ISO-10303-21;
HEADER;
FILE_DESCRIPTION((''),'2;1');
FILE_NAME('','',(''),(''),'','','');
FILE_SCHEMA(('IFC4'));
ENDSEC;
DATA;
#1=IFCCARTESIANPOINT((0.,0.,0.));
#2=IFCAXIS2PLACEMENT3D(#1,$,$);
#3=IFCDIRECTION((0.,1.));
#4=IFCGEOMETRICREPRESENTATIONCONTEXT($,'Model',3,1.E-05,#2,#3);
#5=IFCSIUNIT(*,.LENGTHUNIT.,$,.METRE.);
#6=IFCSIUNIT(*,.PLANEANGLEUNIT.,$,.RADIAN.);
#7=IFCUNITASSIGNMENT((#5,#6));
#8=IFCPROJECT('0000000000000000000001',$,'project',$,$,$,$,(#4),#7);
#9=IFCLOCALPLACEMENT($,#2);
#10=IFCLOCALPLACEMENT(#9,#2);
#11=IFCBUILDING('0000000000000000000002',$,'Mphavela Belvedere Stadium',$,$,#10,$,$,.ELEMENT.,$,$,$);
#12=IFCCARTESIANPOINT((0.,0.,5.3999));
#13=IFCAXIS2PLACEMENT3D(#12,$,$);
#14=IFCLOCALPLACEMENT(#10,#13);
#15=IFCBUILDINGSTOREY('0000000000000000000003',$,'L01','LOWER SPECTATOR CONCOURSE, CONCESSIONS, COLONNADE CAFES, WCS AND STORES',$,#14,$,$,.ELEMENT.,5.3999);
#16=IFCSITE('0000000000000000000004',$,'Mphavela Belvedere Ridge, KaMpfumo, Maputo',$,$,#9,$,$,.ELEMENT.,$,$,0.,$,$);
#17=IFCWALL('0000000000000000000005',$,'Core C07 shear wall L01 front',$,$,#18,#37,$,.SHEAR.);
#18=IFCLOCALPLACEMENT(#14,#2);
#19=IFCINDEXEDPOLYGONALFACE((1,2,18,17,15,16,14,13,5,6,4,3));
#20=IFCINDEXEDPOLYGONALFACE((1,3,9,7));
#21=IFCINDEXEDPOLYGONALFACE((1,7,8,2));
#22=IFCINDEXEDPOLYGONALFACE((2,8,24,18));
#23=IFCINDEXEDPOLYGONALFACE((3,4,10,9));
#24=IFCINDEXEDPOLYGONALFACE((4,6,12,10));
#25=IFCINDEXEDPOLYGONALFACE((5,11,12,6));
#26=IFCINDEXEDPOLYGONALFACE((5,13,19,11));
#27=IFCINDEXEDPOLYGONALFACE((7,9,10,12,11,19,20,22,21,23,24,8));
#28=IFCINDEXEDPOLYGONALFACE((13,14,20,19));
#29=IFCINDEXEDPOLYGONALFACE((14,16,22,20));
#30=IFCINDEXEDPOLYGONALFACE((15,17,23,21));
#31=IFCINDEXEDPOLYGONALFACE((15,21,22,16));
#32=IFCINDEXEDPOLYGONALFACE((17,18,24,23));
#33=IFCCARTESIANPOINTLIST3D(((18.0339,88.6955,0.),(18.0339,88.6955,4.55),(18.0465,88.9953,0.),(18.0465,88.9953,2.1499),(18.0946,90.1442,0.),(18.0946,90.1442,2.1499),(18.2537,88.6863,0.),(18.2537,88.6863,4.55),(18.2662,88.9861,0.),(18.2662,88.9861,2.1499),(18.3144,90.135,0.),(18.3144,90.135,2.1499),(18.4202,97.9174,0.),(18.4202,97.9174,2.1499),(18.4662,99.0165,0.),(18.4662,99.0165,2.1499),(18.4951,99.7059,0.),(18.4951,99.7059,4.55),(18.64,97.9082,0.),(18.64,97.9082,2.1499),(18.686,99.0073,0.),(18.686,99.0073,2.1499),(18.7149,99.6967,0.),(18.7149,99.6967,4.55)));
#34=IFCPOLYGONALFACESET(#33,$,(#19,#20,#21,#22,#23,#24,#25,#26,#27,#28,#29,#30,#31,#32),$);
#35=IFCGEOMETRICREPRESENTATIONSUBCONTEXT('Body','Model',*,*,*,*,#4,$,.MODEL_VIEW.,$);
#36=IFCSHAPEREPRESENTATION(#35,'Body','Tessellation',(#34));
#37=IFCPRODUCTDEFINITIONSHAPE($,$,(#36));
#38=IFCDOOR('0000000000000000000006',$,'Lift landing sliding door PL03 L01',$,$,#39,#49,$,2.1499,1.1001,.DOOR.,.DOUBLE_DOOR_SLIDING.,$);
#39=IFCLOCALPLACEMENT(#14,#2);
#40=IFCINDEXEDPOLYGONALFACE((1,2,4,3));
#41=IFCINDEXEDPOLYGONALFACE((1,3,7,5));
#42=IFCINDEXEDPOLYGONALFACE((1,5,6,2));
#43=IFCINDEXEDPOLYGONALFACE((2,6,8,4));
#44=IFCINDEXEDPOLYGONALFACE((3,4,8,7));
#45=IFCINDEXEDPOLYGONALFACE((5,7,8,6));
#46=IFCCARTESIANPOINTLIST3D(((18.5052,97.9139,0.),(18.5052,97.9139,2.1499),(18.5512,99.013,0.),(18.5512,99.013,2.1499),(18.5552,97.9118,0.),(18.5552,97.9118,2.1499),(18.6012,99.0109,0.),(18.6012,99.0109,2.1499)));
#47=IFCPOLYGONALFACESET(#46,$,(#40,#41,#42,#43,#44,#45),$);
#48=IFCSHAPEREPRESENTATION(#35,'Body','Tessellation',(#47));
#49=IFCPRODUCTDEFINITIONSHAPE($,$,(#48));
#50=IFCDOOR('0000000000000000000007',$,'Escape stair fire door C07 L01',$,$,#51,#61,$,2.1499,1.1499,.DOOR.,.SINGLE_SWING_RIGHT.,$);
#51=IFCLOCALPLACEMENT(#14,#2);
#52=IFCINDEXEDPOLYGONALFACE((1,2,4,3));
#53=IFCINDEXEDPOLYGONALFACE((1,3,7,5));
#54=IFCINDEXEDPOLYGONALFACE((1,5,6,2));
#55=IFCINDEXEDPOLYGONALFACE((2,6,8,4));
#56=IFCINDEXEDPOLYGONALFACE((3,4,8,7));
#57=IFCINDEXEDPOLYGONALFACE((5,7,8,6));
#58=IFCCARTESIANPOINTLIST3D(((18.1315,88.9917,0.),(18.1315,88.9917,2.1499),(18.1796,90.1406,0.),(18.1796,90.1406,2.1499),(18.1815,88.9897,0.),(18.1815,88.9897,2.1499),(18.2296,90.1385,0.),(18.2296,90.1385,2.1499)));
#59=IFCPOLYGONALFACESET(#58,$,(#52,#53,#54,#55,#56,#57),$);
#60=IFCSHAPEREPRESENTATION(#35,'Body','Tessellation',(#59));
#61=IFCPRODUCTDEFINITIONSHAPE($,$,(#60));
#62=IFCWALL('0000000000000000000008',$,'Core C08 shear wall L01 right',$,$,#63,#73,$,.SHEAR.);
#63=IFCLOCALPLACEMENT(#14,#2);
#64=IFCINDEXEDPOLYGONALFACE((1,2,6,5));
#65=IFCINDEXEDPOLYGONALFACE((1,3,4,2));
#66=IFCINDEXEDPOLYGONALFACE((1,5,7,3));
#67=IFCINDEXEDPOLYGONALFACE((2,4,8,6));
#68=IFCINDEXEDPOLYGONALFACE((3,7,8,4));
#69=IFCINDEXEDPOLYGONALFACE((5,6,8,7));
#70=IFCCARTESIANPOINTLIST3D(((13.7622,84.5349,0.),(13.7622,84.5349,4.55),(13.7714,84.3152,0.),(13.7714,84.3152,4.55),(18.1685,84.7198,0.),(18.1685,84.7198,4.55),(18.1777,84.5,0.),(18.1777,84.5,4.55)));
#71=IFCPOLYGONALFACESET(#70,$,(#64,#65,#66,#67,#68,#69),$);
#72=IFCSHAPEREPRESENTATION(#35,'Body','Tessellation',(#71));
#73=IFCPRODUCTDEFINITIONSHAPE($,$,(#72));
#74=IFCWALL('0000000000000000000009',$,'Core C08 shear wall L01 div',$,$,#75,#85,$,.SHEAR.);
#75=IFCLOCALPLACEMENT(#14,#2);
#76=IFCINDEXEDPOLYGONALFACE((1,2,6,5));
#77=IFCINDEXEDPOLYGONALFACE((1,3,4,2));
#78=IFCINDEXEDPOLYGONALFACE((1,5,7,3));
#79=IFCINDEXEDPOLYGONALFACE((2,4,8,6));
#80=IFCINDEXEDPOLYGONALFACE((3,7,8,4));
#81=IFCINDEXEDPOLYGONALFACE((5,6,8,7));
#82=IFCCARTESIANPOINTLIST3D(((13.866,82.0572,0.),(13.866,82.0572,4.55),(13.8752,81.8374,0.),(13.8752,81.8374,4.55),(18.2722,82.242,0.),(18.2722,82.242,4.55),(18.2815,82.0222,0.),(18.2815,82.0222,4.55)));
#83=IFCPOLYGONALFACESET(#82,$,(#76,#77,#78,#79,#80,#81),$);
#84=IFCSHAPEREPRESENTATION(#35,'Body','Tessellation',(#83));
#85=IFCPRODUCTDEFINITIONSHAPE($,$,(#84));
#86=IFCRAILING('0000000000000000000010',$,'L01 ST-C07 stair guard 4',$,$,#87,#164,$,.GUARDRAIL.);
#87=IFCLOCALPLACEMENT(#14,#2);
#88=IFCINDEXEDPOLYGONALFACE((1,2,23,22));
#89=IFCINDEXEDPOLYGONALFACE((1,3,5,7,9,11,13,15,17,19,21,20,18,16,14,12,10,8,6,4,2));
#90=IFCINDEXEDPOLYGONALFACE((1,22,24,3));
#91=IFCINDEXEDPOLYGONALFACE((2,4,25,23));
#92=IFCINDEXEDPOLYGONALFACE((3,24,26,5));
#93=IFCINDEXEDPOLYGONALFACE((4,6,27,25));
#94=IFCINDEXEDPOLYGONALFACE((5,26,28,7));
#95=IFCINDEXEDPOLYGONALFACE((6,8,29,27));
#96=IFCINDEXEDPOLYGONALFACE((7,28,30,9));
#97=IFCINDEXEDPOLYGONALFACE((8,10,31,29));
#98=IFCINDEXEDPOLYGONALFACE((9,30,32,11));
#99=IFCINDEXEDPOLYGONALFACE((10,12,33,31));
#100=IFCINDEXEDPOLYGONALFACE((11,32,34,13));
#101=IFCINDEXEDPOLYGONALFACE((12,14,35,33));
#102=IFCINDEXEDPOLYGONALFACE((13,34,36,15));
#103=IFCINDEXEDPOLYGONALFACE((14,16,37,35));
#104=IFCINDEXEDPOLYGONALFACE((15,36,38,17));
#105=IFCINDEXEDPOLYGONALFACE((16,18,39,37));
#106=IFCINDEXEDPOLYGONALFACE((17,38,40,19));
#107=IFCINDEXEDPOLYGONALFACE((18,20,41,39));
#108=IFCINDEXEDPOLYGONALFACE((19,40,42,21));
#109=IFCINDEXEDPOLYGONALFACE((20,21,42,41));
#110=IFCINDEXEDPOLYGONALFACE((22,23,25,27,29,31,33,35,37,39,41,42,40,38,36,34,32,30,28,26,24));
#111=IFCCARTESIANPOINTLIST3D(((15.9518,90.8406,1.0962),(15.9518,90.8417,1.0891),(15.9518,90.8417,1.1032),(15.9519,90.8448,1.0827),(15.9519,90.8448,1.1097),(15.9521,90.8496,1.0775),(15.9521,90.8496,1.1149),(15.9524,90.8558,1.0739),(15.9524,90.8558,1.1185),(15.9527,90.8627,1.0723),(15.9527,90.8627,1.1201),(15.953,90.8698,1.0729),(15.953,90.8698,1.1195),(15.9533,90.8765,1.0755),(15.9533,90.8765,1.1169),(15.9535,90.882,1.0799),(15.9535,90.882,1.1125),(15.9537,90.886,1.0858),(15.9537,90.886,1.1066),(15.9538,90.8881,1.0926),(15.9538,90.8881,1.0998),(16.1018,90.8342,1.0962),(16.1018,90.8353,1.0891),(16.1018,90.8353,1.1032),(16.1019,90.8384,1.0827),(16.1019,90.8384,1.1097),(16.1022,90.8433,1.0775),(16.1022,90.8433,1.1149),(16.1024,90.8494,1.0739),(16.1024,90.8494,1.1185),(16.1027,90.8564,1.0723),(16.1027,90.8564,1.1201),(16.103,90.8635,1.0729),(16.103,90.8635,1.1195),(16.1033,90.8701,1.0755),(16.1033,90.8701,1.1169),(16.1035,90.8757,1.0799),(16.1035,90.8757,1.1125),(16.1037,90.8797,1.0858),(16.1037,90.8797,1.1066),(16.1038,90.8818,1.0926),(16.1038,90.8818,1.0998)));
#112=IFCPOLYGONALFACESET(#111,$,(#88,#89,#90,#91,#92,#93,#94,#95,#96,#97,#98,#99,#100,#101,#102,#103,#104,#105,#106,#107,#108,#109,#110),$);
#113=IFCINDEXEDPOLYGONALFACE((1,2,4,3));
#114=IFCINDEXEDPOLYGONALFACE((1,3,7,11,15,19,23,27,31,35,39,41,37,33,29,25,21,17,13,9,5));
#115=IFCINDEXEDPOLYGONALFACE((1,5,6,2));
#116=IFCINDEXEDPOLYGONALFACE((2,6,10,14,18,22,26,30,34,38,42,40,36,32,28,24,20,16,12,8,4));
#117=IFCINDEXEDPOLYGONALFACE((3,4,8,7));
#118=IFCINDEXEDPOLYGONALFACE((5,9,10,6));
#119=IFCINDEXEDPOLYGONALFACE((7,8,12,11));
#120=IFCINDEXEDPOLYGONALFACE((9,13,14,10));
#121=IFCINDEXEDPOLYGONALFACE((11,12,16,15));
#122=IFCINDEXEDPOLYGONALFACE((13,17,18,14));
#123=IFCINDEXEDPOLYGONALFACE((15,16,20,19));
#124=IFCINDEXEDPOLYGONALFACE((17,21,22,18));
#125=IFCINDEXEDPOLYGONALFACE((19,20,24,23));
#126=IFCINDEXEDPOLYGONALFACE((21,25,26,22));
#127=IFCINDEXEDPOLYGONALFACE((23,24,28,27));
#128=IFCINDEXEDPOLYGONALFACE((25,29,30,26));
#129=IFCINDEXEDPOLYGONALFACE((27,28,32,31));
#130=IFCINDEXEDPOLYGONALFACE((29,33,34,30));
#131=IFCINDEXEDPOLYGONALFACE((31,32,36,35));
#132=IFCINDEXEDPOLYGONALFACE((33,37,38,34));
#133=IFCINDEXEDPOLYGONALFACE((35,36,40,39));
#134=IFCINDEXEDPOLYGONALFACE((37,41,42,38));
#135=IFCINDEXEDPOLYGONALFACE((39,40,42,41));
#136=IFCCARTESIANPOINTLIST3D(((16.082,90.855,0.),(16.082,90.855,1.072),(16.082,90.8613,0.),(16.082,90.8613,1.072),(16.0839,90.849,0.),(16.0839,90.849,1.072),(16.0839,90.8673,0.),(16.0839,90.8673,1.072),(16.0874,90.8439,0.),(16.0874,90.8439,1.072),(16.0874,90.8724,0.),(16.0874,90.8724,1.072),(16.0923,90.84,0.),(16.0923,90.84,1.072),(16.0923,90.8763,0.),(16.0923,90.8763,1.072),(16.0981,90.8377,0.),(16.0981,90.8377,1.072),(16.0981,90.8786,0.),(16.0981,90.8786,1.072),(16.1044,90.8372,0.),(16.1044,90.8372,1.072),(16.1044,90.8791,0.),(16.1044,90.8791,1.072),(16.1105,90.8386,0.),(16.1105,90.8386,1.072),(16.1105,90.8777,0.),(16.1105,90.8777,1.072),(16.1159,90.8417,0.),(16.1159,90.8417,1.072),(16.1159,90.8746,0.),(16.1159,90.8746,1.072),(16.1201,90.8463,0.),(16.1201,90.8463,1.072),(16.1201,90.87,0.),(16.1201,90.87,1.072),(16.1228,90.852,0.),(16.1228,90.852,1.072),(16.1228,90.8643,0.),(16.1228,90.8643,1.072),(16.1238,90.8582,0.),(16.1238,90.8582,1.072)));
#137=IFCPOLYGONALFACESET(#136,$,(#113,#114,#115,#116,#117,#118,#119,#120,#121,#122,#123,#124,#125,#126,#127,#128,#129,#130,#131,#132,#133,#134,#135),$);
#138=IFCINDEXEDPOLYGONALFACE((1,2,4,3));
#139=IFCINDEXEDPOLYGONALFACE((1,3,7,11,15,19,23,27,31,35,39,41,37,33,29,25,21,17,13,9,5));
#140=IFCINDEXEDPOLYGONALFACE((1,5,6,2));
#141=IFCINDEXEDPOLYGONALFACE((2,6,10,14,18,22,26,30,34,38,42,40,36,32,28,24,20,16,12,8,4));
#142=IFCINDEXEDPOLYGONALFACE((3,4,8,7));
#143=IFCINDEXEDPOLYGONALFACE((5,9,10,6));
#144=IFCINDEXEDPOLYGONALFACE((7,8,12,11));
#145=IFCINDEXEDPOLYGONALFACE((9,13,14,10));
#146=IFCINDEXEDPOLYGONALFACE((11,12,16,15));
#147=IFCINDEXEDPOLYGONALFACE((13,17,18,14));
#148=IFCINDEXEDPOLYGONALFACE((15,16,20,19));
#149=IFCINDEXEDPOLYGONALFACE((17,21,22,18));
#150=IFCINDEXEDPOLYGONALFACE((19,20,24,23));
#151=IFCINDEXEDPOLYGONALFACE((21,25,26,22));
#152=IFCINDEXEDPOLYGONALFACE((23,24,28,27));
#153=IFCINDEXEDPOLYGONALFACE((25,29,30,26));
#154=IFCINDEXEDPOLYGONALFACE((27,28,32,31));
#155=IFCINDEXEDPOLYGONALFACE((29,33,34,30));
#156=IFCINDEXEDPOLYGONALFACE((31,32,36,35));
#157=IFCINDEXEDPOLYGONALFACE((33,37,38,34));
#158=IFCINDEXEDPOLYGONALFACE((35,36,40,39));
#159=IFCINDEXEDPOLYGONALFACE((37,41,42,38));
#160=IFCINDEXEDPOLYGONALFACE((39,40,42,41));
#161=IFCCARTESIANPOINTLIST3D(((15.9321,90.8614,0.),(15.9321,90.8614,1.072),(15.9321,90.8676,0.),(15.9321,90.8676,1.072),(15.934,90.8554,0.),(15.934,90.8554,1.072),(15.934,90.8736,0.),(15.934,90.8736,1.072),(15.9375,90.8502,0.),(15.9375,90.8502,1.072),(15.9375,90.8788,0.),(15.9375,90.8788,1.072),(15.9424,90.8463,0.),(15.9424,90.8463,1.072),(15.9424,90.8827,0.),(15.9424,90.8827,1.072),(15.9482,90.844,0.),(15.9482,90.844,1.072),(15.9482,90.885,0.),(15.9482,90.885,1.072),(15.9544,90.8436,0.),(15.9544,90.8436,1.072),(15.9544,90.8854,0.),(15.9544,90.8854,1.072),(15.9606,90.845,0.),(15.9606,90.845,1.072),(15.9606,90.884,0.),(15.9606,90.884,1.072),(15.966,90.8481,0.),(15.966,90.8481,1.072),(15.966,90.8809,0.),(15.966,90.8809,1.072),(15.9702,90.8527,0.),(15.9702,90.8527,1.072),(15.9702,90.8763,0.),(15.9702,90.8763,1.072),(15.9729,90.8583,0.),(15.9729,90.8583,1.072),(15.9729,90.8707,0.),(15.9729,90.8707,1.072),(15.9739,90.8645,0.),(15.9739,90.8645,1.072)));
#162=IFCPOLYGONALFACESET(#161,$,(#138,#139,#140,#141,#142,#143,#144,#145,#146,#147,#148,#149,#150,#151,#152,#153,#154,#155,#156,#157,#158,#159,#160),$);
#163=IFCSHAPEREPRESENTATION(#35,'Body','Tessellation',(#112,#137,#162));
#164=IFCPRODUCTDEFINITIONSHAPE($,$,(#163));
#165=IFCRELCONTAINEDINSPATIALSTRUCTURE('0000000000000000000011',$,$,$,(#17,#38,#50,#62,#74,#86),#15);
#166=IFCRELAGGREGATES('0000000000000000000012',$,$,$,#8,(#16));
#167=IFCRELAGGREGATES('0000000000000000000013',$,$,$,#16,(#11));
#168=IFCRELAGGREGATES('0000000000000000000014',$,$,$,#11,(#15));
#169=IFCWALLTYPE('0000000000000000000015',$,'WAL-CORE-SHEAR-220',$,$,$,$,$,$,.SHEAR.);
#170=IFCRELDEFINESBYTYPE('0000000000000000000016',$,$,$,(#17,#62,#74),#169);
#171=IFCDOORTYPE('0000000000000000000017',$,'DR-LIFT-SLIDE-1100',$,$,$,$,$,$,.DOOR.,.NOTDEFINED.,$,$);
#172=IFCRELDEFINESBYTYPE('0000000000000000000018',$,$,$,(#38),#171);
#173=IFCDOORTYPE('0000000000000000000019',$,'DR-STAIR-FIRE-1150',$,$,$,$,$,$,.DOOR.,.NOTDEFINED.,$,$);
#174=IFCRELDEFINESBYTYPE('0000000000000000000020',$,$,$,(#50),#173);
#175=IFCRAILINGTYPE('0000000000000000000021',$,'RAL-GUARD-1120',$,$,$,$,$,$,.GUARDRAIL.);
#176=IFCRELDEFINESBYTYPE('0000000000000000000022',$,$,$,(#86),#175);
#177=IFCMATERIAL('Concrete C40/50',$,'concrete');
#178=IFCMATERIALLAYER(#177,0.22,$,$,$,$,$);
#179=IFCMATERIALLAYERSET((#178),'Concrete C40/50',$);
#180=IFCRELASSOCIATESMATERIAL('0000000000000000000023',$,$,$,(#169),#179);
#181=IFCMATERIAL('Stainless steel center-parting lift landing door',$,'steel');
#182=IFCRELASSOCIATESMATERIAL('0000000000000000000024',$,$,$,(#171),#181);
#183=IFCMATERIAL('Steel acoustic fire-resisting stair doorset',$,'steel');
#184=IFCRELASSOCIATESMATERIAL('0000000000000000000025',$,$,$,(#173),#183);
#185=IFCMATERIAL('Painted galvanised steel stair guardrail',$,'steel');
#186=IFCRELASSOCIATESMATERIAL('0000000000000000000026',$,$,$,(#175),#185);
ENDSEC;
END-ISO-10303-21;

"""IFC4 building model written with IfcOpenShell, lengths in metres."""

from ifc_helpers import new_model, si_unit, direction, frame, frame_2d, origin, origin_2d, place, context, subcontext, project, spatial, rectangle, circle, extrude, material, layer, layer_set, type_object, element, fill, save


model = new_model("IFC4")

# Units and contexts
model_context = context("Model", 3, precision=1e-05, world=origin(), true_north=direction((0.0, 1.0)))
body_context = subcontext(model_context, "Body", "Model", "MODEL_VIEW")
ifc_project = project(units=[si_unit("LENGTHUNIT", "METRE"), si_unit("PLANEANGLEUNIT", "RADIAN")], contexts=[model_context])

# Site, building, storey
site_placement = place(None, origin())
site = spatial("IfcSite", under=ifc_project, at=site_placement, Name="Mphavela Belvedere Ridge, KaMpfumo, Maputo", CompositionType="ELEMENT", RefElevation=0.0)
building_placement = place(site_placement, origin())
building = spatial("IfcBuilding", under=site, at=building_placement, Name="Mphavela Belvedere Stadium", CompositionType="ELEMENT")
storey_placement = place(building_placement, frame((0.0, 0.0, 5.3999)))
storey = spatial("IfcBuildingStorey", under=building, at=storey_placement, Name="L01", Description="LOWER SPECTATOR CONCOURSE, CONCESSIONS, COLONNADE CAFES, WCS AND STORES", CompositionType="ELEMENT", Elevation=5.3999)

# Shared definitions
ifc_material_1 = material(Name="Concrete C40/50", Category="concrete")
ifc_layer_1 = layer(ifc_material_1, 0.22)
ifc_layer_set_1 = layer_set([ifc_layer_1], Name="Concrete C40/50")
wall_type = type_object("IfcWallType", Name="WAL-CORE-SHEAR-220", PredefinedType="SHEAR", material=ifc_layer_set_1)

# Wall, openings, doors
wall_1_placement = place(storey_placement, frame((18.1438, 88.6909, 0.0), z_axis=(0.0, 0.0, 1.0), x_axis=(0.04185, 0.999124, 0.0)))
wall_1 = element("IfcWall", 1, at=wall_1_placement, inside=storey, type_object=wall_type, Name="Core C07 shear wall L01 front", PredefinedType="SHEAR", context=body_context, shape_type="SweptSolid", body=[
    extrude(rectangle(XDim=11.02, YDim=0.22, at=frame_2d((5.51, 0.0))), origin(), (0.0, 0.0, 1.0), 4.55),
])
opening_1_placement = place(wall_1_placement, frame((0.3, 0.0, 0.0)))
opening_1 = element("IfcOpeningElement", 2, at=opening_1_placement, cuts=wall_1, PredefinedType="OPENING", context=body_context, shape_type="SweptSolid", body=[
    extrude(rectangle(XDim=1.1499, YDim=2.1499, at=frame_2d((0.575, 1.075))), frame((0.0, 0.1201, 0.0), z_axis=(0.0, -1.0, 0.0), x_axis=(1.0, 0.0, 0.0)), (0.0, 0.0, 1.0), 0.24),
])
opening_2_placement = place(wall_1_placement, frame((9.23, 0.0, 0.0)))
opening_2 = element("IfcOpeningElement", 3, at=opening_2_placement, cuts=wall_1, PredefinedType="OPENING", context=body_context, shape_type="SweptSolid", body=[
    extrude(rectangle(XDim=1.1001, YDim=2.1499, at=frame_2d((0.55, 1.075))), frame((0.0, 0.1201, 0.0), z_axis=(0.0, -1.0, 0.0), x_axis=(1.0, 0.0, 0.0)), (0.0, 0.0, 1.0), 0.24),
])
ifc_material_2 = material(Name="Stainless steel center-parting lift landing door", Category="steel")
door_type_1 = type_object("IfcDoorType", Name="DR-LIFT-SLIDE-1100", OperationType="NOTDEFINED", PredefinedType="DOOR", material=ifc_material_2)
door_1_placement = place(opening_2_placement, origin())
door_1 = element("IfcDoor", 4, at=door_1_placement, inside=storey, type_object=door_type_1, Name="Lift landing sliding door PL03 L01", OperationType="DOUBLE_DOOR_SLIDING", OverallHeight=2.1499, OverallWidth=1.1001, PredefinedType="DOOR", context=body_context, shape_type="SweptSolid", body=[
    extrude(rectangle(XDim=1.1001, YDim=2.1499, at=frame_2d((0.55, 1.075))), frame((0.0, 0.0249, 0.0), z_axis=(0.0, -1.0, 0.0), x_axis=(1.0, 0.0, 0.0)), (0.0, 0.0, 1.0), 0.05),
])
fill(opening_2, door_1)
ifc_material_3 = material(Name="Steel acoustic fire-resisting stair doorset", Category="steel")
door_type_2 = type_object("IfcDoorType", Name="DR-STAIR-FIRE-1150", OperationType="NOTDEFINED", PredefinedType="DOOR", material=ifc_material_3)
door_2_placement = place(opening_1_placement, origin())
door_2 = element("IfcDoor", 5, at=door_2_placement, inside=storey, type_object=door_type_2, Name="Escape stair fire door C07 L01", OperationType="SINGLE_SWING_RIGHT", OverallHeight=2.1499, OverallWidth=1.1499, PredefinedType="DOOR", context=body_context, shape_type="SweptSolid", body=[
    extrude(rectangle(XDim=1.1499, YDim=2.1499, at=frame_2d((0.575, 1.075))), frame((0.0, 0.0249, 0.0), z_axis=(0.0, -1.0, 0.0), x_axis=(1.0, 0.0, 0.0)), (0.0, 0.0, 1.0), 0.05),
])
fill(opening_1, door_2)

# Walls
for number, where, z_axis, x_axis, name in (
    (6, (18.1731, 84.6099, 0.0), (0.0, 0.0, 1.0), (-0.999122, -0.041907, 0.0), "Core C08 shear wall L01 right"),
    (7, (18.2769, 82.1321, 0.0), (0.0, 0.0, 1.0), (-0.999122, -0.041907, 0.0), "Core C08 shear wall L01 div"),
):
    element("IfcWall", number, at=place(storey_placement, frame(where, z_axis=z_axis, x_axis=x_axis)), inside=storey, type_object=wall_type, Name=name, PredefinedType="SHEAR", context=body_context, shape_type="SweptSolid", body=[
        extrude(rectangle(XDim=4.4102, YDim=0.22, at=frame_2d((2.2051, 0.0))), origin(), (0.0, 0.0, 1.0), 4.55),
    ])

# Railing
ifc_material_4 = material(Name="Painted galvanised steel stair guardrail", Category="steel")
railing_type_1 = type_object("IfcRailingType", Name="RAL-GUARD-1120", PredefinedType="GUARDRAIL", material=ifc_material_4)
railing_1_placement = place(storey_placement, frame((16.1028, 90.8582, 0.0)))
element("IfcRailing", 8, at=railing_1_placement, inside=storey, type_object=railing_type_1, Name="L01 ST-C07 stair guard 4", PredefinedType="GUARDRAIL", context=body_context, shape_type="SweptSolid", body=[
    extrude(circle(Radius=0.0239, at=origin_2d()), frame((0.0, 0.0, 1.0962), z_axis=(-0.999105, 0.042307, 0.0), x_axis=(-0.042307, -0.999105, 0.0)), (0.0, 0.0, 1.0), 0.1501),
    extrude(circle(Radius=0.021, at=origin_2d()), origin(), (0.0, 0.0, 1.0), 1.072),
    extrude(circle(Radius=0.021, at=origin_2d()), frame((-0.1499, 0.0063, 0.0)), (0.0, 0.0, 1.0), 1.072),
])

save(model, "model.ifc")
